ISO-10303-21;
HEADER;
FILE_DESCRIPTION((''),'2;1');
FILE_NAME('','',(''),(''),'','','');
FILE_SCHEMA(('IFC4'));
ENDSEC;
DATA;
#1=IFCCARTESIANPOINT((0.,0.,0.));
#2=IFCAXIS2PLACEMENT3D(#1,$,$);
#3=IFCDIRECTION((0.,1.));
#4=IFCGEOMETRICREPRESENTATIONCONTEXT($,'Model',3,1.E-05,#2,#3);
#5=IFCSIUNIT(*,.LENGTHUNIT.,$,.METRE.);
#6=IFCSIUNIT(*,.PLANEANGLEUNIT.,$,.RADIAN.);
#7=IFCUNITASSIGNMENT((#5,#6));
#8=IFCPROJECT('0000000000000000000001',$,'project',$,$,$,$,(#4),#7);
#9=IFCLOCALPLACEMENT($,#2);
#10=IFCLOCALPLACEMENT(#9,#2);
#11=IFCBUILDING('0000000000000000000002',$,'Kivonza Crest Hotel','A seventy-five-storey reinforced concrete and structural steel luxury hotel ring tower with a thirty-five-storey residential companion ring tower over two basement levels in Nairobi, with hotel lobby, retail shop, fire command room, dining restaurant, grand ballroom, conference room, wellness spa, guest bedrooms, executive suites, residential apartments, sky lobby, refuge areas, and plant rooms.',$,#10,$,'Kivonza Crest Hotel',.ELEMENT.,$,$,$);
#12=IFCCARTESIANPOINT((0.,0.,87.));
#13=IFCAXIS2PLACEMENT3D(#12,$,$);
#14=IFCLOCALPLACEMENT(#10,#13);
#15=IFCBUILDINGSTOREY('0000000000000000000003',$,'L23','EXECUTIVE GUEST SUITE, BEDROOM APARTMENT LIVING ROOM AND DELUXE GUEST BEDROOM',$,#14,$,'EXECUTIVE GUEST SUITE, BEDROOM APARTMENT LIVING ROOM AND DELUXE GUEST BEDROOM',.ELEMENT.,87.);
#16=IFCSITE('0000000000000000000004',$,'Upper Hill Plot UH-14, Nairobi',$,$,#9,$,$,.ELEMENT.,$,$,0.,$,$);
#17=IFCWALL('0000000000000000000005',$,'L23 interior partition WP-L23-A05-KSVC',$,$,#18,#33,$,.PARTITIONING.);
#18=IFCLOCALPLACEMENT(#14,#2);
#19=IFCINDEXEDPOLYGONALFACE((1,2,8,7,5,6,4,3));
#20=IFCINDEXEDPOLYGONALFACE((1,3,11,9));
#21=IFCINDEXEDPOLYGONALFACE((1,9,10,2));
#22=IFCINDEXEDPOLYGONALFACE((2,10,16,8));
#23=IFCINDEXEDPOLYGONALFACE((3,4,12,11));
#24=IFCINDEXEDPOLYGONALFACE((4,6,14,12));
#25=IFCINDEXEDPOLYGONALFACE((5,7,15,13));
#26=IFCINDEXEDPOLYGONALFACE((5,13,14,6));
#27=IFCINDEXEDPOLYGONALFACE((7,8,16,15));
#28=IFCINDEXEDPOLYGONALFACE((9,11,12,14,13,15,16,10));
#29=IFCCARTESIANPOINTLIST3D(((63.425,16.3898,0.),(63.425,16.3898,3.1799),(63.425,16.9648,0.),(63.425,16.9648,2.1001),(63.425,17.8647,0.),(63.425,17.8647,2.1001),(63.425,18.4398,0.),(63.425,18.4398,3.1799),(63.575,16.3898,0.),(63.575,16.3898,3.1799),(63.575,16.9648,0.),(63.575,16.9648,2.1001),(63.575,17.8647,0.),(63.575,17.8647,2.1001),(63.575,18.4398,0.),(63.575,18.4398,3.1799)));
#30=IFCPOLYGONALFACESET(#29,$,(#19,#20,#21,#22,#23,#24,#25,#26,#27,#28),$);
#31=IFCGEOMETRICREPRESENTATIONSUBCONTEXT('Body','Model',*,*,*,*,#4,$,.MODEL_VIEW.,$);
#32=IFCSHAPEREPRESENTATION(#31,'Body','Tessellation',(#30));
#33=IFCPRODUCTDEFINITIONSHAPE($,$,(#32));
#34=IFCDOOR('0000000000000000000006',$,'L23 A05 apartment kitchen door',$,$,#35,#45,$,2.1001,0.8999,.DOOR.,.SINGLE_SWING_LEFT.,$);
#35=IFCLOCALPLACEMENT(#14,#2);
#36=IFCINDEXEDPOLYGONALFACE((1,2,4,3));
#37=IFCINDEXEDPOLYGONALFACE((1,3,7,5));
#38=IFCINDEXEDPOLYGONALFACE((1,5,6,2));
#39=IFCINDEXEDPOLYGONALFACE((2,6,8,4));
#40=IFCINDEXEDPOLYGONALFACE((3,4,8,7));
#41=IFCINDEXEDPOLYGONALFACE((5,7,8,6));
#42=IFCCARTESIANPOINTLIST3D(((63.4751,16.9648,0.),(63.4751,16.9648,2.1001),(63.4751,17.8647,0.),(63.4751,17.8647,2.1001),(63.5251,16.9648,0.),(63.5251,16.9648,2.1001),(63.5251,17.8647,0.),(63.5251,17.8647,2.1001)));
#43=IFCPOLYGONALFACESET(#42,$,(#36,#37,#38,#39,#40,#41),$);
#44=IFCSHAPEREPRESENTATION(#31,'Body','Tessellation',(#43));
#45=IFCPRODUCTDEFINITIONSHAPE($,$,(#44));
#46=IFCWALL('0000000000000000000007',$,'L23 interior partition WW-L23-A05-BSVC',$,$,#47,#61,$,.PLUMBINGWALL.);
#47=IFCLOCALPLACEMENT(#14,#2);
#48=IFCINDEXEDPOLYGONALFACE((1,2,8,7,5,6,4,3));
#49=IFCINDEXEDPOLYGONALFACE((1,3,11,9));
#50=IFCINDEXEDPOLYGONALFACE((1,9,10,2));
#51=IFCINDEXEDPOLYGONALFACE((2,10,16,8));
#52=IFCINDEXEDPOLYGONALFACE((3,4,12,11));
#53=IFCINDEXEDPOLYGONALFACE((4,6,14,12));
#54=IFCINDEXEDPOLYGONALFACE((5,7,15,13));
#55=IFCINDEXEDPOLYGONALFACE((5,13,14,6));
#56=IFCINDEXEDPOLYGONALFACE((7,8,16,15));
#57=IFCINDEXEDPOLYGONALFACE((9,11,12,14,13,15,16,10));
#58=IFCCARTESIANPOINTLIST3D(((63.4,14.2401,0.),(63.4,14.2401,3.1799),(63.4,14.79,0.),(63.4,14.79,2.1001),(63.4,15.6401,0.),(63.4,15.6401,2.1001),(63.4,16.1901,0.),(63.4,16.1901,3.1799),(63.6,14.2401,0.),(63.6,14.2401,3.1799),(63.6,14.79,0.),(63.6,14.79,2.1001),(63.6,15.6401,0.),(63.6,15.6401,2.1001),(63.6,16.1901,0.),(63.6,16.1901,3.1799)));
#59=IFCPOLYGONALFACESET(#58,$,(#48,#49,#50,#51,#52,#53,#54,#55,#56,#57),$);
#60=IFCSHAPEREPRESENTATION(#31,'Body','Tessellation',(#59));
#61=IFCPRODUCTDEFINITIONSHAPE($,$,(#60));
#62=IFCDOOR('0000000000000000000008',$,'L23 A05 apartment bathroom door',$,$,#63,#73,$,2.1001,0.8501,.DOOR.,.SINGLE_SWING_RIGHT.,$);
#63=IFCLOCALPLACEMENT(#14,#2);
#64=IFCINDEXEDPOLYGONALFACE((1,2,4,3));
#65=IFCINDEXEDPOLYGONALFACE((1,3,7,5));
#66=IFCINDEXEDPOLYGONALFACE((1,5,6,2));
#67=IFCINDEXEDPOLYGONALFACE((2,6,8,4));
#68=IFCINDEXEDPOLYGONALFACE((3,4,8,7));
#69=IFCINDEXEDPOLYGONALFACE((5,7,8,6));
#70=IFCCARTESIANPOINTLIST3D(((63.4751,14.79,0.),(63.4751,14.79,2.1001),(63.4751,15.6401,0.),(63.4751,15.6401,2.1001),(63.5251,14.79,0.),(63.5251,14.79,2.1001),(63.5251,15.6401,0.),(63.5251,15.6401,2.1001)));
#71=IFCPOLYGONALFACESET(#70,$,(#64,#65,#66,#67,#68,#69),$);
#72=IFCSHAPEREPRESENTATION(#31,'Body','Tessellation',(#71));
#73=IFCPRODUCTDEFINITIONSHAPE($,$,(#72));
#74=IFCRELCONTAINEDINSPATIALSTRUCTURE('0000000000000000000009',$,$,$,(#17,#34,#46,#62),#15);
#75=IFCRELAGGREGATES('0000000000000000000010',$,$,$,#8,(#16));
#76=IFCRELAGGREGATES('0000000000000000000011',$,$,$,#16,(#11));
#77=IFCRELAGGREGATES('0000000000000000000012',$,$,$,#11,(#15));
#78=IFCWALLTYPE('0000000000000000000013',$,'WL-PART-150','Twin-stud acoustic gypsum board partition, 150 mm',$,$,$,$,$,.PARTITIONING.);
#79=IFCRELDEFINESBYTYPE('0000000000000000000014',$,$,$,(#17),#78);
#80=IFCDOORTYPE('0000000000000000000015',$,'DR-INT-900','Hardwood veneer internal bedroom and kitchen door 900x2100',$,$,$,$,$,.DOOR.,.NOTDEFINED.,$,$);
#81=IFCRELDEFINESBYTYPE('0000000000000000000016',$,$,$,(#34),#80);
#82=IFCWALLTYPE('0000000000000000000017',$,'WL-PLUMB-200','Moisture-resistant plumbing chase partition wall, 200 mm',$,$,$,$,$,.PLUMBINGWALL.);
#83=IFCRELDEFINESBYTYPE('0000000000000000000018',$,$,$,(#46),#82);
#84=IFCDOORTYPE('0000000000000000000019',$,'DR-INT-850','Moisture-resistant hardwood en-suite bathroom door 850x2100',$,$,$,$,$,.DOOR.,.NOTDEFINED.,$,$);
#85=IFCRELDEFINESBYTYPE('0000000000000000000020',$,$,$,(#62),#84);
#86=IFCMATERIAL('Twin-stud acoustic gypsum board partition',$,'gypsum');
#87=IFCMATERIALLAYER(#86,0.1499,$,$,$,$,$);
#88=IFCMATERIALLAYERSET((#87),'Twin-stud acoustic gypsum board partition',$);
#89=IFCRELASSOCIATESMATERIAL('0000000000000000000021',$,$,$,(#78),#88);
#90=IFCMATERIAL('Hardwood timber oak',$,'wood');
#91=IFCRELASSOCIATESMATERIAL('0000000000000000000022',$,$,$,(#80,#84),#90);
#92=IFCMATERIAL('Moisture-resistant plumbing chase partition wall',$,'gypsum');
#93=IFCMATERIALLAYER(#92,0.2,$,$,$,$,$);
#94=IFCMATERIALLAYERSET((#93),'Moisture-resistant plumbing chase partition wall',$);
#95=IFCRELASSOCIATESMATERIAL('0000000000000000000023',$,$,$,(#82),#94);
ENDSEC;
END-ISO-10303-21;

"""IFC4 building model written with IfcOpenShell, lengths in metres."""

from ifc_helpers import new_model, si_unit, direction, frame, frame_2d, origin, place, context, subcontext, project, spatial, rectangle, extrude, material, layer, layer_set, type_object, element, fill, save


model = new_model("IFC4")

# Units and contexts
model_context = context("Model", 3, precision=1e-05, world=origin(), true_north=direction((0.0, 1.0)))
body_context = subcontext(model_context, "Body", "Model", "MODEL_VIEW")
ifc_project = project(units=[si_unit("LENGTHUNIT", "METRE"), si_unit("PLANEANGLEUNIT", "RADIAN")], contexts=[model_context])

# Site, building, storey
site_placement = place(None, origin())
site = spatial("IfcSite", under=ifc_project, at=site_placement, Name="Upper Hill Plot UH-14, Nairobi", CompositionType="ELEMENT", RefElevation=0.0)
building_placement = place(site_placement, origin())
building = spatial("IfcBuilding", under=site, at=building_placement, Name="Kivonza Crest Hotel", Description="A seventy-five-storey reinforced concrete and structural steel luxury hotel ring tower with a thirty-five-storey residential companion ring tower over two basement levels in Nairobi, with hotel lobby, retail shop, fire command room, dining restaurant, grand ballroom, conference room, wellness spa, guest bedrooms, executive suites, residential apartments, sky lobby, refuge areas, and plant rooms.", LongName="Kivonza Crest Hotel", CompositionType="ELEMENT")
storey_placement = place(building_placement, frame((0.0, 0.0, 87.0)))
storey = spatial("IfcBuildingStorey", under=building, at=storey_placement, Name="L23", Description="EXECUTIVE GUEST SUITE, BEDROOM APARTMENT LIVING ROOM AND DELUXE GUEST BEDROOM", LongName="EXECUTIVE GUEST SUITE, BEDROOM APARTMENT LIVING ROOM AND DELUXE GUEST BEDROOM", CompositionType="ELEMENT", Elevation=87.0)

# Walls, openings, doors
ifc_material_1 = material(Name="Twin-stud acoustic gypsum board partition", Category="gypsum")
ifc_layer_1 = layer(ifc_material_1, 0.1499)
ifc_layer_set_1 = layer_set([ifc_layer_1], Name="Twin-stud acoustic gypsum board partition")
wall_type_1 = type_object("IfcWallType", Name="WL-PART-150", Description="Twin-stud acoustic gypsum board partition, 150 mm", PredefinedType="PARTITIONING", material=ifc_layer_set_1)
ifc_material_2 = material(Name="Hardwood timber oak", Category="wood")
door_type_1 = type_object("IfcDoorType", Name="DR-INT-900", Description="Hardwood veneer internal bedroom and kitchen door 900x2100", OperationType="NOTDEFINED", PredefinedType="DOOR", material=ifc_material_2)
wall_1_placement = place(storey_placement, frame((63.5, 16.3899, 0.0), z_axis=(0.0, 0.0, 1.0), x_axis=(0.0, 1.0, 0.0)))
wall_1 = element("IfcWall", 1, at=wall_1_placement, inside=storey, type_object=wall_type_1, Name="L23 interior partition WP-L23-A05-KSVC", PredefinedType="PARTITIONING", context=body_context, shape_type="SweptSolid", body=[
    extrude(rectangle(XDim=2.05, YDim=0.1499, at=frame_2d((1.0249, 0.0))), origin(), (0.0, 0.0, 1.0), 3.1799),
])
opening_1_placement = place(wall_1_placement, frame((0.575, 0.0, 0.0)))
opening_1 = element("IfcOpeningElement", 2, at=opening_1_placement, cuts=wall_1, PredefinedType="OPENING", context=body_context, shape_type="SweptSolid", body=[
    extrude(rectangle(XDim=0.8999, YDim=2.1001, at=frame_2d((0.45, 1.05))), frame((0.0, 0.085, 0.0), z_axis=(0.0, -1.0, 0.0), x_axis=(1.0, 0.0, 0.0)), (0.0, 0.0, 1.0), 0.1699),
])
door_1_placement = place(opening_1_placement, origin())
door_1 = element("IfcDoor", 3, at=door_1_placement, inside=storey, type_object=door_type_1, Name="L23 A05 apartment kitchen door", OperationType="SINGLE_SWING_LEFT", OverallHeight=2.1001, OverallWidth=0.8999, PredefinedType="DOOR", context=body_context, shape_type="SweptSolid", body=[
    extrude(rectangle(XDim=0.8999, YDim=2.1001, at=frame_2d((0.45, 1.05))), frame((0.0, 0.0249, 0.0), z_axis=(0.0, -1.0, 0.0), x_axis=(1.0, 0.0, 0.0)), (0.0, 0.0, 1.0), 0.05),
])
fill(opening_1, door_1)
ifc_material_3 = material(Name="Moisture-resistant plumbing chase partition wall", Category="gypsum")
ifc_layer_2 = layer(ifc_material_3, 0.2)
ifc_layer_set_2 = layer_set([ifc_layer_2], Name="Moisture-resistant plumbing chase partition wall")
wall_type_2 = type_object("IfcWallType", Name="WL-PLUMB-200", Description="Moisture-resistant plumbing chase partition wall, 200 mm", PredefinedType="PLUMBINGWALL", material=ifc_layer_set_2)
wall_2_placement = place(storey_placement, frame((63.5, 14.24, 0.0), z_axis=(0.0, 0.0, 1.0), x_axis=(0.0, 1.0, 0.0)))
wall_2 = element("IfcWall", 4, at=wall_2_placement, inside=storey, type_object=wall_type_2, Name="L23 interior partition WW-L23-A05-BSVC", PredefinedType="PLUMBINGWALL", context=body_context, shape_type="SweptSolid", body=[
    extrude(rectangle(XDim=1.95, YDim=0.2, at=frame_2d((0.9751, 0.0))), origin(), (0.0, 0.0, 1.0), 3.1799),
])
opening_2_placement = place(wall_2_placement, frame((0.55, 0.0, 0.0)))
opening_2 = element("IfcOpeningElement", 5, at=opening_2_placement, cuts=wall_2, PredefinedType="OPENING", context=body_context, shape_type="SweptSolid", body=[
    extrude(rectangle(XDim=0.8501, YDim=2.1001, at=frame_2d((0.425, 1.05))), frame((0.0, 0.1099, 0.0), z_axis=(0.0, -1.0, 0.0), x_axis=(1.0, 0.0, 0.0)), (0.0, 0.0, 1.0), 0.22),
])
door_type_2 = type_object("IfcDoorType", Name="DR-INT-850", Description="Moisture-resistant hardwood en-suite bathroom door 850x2100", OperationType="NOTDEFINED", PredefinedType="DOOR", material=ifc_material_2)
door_2_placement = place(opening_2_placement, origin())
door_2 = element("IfcDoor", 6, at=door_2_placement, inside=storey, type_object=door_type_2, Name="L23 A05 apartment bathroom door", OperationType="SINGLE_SWING_RIGHT", OverallHeight=2.1001, OverallWidth=0.8501, PredefinedType="DOOR", context=body_context, shape_type="SweptSolid", body=[
    extrude(rectangle(XDim=0.8501, YDim=2.1001, at=frame_2d((0.425, 1.05))), frame((0.0, 0.0249, 0.0), z_axis=(0.0, -1.0, 0.0), x_axis=(1.0, 0.0, 0.0)), (0.0, 0.0, 1.0), 0.05),
])
fill(opening_2, door_2)

save(model, "model.ifc")
